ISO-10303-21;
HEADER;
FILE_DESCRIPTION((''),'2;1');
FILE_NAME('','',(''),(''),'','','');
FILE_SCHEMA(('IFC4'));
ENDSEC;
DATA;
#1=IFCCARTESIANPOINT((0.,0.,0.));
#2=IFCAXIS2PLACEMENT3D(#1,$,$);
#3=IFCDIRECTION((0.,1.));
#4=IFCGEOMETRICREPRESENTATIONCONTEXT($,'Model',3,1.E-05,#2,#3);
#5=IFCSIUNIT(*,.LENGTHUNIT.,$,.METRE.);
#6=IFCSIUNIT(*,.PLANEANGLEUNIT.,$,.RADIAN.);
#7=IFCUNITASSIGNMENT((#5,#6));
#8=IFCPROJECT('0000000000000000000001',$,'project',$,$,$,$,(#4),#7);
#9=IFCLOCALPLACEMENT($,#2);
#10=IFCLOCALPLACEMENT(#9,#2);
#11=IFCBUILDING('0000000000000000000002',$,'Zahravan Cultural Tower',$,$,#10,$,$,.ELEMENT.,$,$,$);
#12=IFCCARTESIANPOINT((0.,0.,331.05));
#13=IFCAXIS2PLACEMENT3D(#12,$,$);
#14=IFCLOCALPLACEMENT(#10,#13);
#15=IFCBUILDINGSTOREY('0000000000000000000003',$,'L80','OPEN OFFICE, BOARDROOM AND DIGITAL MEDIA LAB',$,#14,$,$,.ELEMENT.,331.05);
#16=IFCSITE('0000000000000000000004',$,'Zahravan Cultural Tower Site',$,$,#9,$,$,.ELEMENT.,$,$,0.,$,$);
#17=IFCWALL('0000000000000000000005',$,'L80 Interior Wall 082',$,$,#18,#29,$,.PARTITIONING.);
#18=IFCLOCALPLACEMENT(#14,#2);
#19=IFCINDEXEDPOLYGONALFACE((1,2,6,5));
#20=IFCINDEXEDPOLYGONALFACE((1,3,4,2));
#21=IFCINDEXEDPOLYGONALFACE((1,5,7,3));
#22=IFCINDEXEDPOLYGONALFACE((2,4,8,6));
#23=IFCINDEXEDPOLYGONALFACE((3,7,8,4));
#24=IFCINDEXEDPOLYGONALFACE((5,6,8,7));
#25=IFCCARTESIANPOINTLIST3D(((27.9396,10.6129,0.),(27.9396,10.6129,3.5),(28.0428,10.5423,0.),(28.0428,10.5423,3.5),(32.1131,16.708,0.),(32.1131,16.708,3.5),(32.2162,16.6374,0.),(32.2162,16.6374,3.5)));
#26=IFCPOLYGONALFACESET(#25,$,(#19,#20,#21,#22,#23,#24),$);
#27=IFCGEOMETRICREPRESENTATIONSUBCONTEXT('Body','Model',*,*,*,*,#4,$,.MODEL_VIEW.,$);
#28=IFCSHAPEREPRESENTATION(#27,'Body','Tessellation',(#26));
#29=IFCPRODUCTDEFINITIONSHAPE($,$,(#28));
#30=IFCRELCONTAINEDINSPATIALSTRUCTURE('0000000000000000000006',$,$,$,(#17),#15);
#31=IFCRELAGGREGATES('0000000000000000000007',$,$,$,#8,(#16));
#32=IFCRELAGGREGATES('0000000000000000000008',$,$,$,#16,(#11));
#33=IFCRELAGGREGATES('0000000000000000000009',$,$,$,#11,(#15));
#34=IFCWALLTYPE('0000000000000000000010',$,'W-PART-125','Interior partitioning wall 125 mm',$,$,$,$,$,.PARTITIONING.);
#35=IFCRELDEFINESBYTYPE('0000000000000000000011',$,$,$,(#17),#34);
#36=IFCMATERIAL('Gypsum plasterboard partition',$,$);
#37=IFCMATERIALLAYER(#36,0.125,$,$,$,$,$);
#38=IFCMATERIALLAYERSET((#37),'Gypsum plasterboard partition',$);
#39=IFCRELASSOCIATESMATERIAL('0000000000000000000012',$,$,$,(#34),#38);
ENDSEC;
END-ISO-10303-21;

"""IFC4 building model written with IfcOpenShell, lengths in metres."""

from ifc_helpers import new_model, si_unit, direction, frame, frame_2d, origin, place, context, subcontext, project, spatial, rectangle, extrude, source, transform, mapped, material, layer, layer_set, type_object, element, save


model = new_model("IFC4")

# Units and contexts
model_context = context("Model", 3, precision=1e-05, world=origin(), true_north=direction((0.0, 1.0)))
body_context = subcontext(model_context, "Body", "Model", "MODEL_VIEW")
ifc_project = project(units=[si_unit("LENGTHUNIT", "METRE"), si_unit("PLANEANGLEUNIT", "RADIAN")], contexts=[model_context])

# Site, building, storey
site_placement = place(None, origin())
site = spatial("IfcSite", under=ifc_project, at=site_placement, Name="Zahravan Cultural Tower Site", CompositionType="ELEMENT", RefElevation=0.0)
building_placement = place(site_placement, origin())
building = spatial("IfcBuilding", under=site, at=building_placement, Name="Zahravan Cultural Tower", CompositionType="ELEMENT")
storey_placement = place(building_placement, frame((0.0, 0.0, 331.05)))
storey = spatial("IfcBuildingStorey", under=building, at=storey_placement, Name="L80", Description="OPEN OFFICE, BOARDROOM AND DIGITAL MEDIA LAB", CompositionType="ELEMENT", Elevation=331.05)

# Shared definitions
ifc_material_1 = material(Name="Gypsum plasterboard partition")
ifc_layer_1 = layer(ifc_material_1, 0.125)
ifc_layer_set_1 = layer_set([ifc_layer_1], Name="Gypsum plasterboard partition")
wall_type_1 = type_object("IfcWallType", Name="W-PART-125", Description="Interior partitioning wall 125 mm", PredefinedType="PARTITIONING", material=ifc_layer_set_1)

# Wall
shared_shape_1 = source(origin(), body_context, "Body", "SweptSolid", [
    extrude(rectangle(XDim=7.387, YDim=0.125, at=frame_2d((3.6934, 0.0))), origin(), (0.0, 0.0, 1.0), 3.5),
])
wall_1_placement = place(storey_placement, frame((32.1646, 16.6726, 0.0), z_axis=(0.0, 0.0, 1.0), x_axis=(-0.564969, -0.825112, 0.0)))
element("IfcWall", 1, at=wall_1_placement, inside=storey, type_object=wall_type_1, Name="L80 Interior Wall 082", PredefinedType="PARTITIONING", context=body_context, shape_type="MappedRepresentation", body=[
    mapped(shared_shape_1, transform((0.0, 0.0, 0.0), x_axis=(1.0, 0.0, 0.0), y_axis=(0.0, 1.0, 0.0), z_axis=(0.0, 0.0, 1.0), scale=1.0)),
])

save(model, "model.ifc")
